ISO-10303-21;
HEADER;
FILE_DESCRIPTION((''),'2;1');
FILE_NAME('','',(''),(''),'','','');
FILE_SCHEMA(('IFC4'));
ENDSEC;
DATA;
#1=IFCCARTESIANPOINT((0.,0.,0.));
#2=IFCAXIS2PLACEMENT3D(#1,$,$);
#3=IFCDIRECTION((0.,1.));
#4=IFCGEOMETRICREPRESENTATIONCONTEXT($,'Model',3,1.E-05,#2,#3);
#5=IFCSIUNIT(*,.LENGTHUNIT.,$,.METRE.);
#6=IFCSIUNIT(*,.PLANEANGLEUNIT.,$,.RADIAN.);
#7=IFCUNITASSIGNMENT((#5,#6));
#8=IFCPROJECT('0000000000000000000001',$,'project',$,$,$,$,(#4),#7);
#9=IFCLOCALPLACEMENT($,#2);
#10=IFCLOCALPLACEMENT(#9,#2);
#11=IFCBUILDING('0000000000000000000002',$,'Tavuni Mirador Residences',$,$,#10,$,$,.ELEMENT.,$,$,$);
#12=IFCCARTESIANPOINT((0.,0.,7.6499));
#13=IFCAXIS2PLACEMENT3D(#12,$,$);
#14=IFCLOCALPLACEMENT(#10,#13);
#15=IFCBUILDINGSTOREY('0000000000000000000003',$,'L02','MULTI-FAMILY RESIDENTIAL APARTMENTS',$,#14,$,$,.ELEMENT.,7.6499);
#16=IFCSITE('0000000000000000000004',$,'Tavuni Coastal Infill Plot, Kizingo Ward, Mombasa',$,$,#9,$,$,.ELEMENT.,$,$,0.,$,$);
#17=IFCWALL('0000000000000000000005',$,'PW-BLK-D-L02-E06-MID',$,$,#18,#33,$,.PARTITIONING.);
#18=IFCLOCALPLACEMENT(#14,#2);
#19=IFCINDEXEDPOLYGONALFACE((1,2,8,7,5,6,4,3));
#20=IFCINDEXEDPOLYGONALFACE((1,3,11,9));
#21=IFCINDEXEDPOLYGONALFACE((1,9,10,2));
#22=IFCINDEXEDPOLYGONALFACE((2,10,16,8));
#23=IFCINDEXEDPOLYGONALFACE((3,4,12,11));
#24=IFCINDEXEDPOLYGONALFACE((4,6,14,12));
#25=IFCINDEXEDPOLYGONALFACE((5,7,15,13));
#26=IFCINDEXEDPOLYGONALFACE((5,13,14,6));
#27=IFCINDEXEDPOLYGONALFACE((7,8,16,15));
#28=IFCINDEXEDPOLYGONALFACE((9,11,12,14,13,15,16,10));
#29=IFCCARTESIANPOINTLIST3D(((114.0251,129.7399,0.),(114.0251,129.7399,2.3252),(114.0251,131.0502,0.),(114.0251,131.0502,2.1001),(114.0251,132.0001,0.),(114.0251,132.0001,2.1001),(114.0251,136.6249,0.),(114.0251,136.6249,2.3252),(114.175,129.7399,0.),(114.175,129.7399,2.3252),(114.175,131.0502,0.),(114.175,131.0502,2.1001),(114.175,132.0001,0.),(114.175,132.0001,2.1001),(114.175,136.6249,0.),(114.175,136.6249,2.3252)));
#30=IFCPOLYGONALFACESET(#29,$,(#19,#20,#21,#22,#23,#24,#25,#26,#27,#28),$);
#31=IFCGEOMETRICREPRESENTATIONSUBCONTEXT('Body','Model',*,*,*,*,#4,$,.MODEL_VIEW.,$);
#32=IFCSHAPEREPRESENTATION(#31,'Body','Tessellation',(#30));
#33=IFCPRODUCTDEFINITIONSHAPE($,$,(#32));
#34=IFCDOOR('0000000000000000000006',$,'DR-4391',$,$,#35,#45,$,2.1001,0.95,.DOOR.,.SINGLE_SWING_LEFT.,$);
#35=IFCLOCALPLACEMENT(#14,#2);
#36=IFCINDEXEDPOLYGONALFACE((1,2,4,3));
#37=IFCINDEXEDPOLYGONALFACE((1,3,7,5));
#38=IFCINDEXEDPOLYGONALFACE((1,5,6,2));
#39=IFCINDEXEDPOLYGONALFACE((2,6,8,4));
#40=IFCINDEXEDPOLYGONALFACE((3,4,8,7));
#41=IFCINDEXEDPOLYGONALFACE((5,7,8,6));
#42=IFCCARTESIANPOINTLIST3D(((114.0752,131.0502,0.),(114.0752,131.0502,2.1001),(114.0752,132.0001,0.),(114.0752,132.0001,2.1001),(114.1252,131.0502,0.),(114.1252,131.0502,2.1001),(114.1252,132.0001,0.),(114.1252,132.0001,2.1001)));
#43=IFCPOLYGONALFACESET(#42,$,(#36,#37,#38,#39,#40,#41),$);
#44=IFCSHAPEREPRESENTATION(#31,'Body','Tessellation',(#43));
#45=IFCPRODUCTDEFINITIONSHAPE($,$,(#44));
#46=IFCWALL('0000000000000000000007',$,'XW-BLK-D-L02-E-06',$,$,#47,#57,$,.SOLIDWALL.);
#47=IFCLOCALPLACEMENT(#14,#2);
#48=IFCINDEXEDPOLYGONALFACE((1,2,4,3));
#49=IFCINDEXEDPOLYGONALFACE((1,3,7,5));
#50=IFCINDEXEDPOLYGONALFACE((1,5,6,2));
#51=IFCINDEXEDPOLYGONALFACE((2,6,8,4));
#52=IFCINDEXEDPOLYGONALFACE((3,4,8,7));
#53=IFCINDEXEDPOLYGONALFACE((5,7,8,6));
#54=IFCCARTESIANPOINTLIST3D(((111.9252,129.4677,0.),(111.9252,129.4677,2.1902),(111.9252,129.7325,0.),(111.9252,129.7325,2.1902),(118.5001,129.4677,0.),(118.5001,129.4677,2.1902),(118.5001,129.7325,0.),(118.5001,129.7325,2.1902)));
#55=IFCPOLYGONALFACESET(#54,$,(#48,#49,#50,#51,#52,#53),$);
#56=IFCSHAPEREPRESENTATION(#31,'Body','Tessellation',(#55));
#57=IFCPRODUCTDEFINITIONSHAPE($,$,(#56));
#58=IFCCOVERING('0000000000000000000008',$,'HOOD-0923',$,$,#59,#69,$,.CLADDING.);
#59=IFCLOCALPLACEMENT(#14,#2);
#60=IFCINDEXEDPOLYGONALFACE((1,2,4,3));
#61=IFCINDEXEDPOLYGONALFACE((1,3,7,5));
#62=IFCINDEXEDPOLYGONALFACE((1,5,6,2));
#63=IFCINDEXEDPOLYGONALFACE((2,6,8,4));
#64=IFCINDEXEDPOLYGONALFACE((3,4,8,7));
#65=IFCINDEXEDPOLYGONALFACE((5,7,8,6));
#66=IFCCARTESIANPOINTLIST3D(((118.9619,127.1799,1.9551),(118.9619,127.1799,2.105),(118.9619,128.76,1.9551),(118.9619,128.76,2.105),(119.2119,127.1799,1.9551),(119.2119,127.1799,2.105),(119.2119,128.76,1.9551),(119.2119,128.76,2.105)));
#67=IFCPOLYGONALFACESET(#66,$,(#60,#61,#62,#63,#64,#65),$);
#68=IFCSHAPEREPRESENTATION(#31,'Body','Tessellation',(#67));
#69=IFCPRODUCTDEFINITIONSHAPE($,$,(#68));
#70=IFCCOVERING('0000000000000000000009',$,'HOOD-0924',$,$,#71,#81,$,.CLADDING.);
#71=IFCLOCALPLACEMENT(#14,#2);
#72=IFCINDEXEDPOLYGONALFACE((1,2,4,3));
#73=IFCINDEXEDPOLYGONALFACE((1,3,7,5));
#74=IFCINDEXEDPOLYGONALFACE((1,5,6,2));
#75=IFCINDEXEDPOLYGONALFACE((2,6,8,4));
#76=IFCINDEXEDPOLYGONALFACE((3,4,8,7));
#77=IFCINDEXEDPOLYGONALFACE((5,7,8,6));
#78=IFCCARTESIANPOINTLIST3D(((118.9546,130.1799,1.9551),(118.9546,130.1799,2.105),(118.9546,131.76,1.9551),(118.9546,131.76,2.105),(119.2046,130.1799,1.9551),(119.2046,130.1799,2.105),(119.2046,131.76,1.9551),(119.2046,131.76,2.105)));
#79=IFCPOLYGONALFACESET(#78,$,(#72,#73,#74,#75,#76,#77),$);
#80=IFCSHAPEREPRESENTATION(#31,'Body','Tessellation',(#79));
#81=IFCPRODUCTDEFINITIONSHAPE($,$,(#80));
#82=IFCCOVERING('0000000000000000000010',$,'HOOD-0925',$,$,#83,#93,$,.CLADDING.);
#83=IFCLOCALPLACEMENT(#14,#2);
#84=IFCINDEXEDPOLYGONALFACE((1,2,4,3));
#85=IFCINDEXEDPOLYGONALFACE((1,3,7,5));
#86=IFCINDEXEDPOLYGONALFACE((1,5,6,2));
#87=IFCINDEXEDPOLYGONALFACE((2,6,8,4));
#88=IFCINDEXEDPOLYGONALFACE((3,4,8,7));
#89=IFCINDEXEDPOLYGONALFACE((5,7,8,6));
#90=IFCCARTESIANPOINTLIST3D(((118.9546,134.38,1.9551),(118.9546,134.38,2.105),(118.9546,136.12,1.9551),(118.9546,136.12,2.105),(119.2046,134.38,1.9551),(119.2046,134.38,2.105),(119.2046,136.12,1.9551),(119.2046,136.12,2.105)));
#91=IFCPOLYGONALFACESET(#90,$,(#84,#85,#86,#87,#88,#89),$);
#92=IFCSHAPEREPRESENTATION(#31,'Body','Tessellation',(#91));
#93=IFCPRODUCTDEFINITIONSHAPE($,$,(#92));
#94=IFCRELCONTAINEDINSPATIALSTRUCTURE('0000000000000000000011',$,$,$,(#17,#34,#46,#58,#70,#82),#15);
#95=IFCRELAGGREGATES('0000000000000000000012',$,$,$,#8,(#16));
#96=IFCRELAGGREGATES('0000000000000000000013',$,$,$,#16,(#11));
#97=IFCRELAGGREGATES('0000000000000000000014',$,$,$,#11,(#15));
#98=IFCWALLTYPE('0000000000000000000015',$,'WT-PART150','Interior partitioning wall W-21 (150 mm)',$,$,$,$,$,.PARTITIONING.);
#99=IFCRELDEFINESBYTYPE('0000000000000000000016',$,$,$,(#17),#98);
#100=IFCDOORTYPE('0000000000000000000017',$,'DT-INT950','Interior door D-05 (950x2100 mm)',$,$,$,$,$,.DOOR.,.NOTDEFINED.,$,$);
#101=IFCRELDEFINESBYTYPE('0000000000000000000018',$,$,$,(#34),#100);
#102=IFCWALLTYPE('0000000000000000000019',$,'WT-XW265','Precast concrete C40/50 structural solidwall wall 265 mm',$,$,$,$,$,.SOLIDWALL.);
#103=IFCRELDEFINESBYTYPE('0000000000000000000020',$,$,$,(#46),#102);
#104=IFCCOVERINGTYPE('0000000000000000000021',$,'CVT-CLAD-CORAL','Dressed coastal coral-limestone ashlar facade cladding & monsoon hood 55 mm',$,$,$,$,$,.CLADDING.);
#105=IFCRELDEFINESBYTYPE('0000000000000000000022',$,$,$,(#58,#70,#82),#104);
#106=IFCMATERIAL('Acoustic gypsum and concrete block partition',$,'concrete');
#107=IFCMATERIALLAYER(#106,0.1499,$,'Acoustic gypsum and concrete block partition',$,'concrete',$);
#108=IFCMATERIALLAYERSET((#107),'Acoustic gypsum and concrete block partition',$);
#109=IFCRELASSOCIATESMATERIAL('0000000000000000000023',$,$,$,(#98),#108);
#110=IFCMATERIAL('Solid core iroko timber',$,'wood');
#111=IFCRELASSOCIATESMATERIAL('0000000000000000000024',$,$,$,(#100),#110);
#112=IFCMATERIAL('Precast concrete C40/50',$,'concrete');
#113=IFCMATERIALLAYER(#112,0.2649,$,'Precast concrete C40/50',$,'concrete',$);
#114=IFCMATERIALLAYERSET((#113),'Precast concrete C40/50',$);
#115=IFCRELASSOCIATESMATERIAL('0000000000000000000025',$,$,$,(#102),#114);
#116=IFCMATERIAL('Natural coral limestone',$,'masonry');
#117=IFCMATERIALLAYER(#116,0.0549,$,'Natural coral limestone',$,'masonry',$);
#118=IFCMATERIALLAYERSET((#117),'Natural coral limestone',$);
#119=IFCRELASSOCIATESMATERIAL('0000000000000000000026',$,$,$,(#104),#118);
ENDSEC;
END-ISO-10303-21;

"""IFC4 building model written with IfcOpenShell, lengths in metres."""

from ifc_helpers import new_model, si_unit, direction, frame, frame_2d, origin, origin_2d, place, context, subcontext, project, spatial, rectangle, extrude, material, layer, layer_set, type_object, element, fill, save


model = new_model("IFC4")

# Units and contexts
model_context = context("Model", 3, precision=1e-05, world=origin(), true_north=direction((0.0, 1.0)))
body_context = subcontext(model_context, "Body", "Model", "MODEL_VIEW")
ifc_project = project(units=[si_unit("LENGTHUNIT", "METRE"), si_unit("PLANEANGLEUNIT", "RADIAN")], contexts=[model_context])

# Site, building, storey
site_placement = place(None, origin())
site = spatial("IfcSite", under=ifc_project, at=site_placement, Name="Tavuni Coastal Infill Plot, Kizingo Ward, Mombasa", CompositionType="ELEMENT", RefElevation=0.0)
building_placement = place(site_placement, origin())
building = spatial("IfcBuilding", under=site, at=building_placement, Name="Tavuni Mirador Residences", CompositionType="ELEMENT")
storey_placement = place(building_placement, frame((0.0, 0.0, 7.6499)))
storey = spatial("IfcBuildingStorey", under=building, at=storey_placement, Name="L02", Description="MULTI-FAMILY RESIDENTIAL APARTMENTS", CompositionType="ELEMENT", Elevation=7.6499)

# Shared definitions
ifc_material_1 = material(Name="Precast concrete C40/50", Category="concrete")

# Shared definitions
ifc_material_2 = material(Name="Solid core iroko timber", Category="wood")

# Wall, opening, door
ifc_material_3 = material(Name="Acoustic gypsum and concrete block partition", Category="concrete")
ifc_layer_1 = layer(ifc_material_3, 0.1499, Name="Acoustic gypsum and concrete block partition", Category="concrete")
ifc_layer_set_1 = layer_set([ifc_layer_1], Name="Acoustic gypsum and concrete block partition")
wall_type_1 = type_object("IfcWallType", Name="WT-PART150", Description="Interior partitioning wall W-21 (150 mm)", PredefinedType="PARTITIONING", material=ifc_layer_set_1)
wall_1_placement = place(storey_placement, frame((114.1001, 129.74, 0.0), z_axis=(0.0, 0.0, 1.0), x_axis=(0.0, 1.0, 0.0)))
wall_1 = element("IfcWall", 1, at=wall_1_placement, inside=storey, type_object=wall_type_1, Name="PW-BLK-D-L02-E06-MID", PredefinedType="PARTITIONING", context=body_context, shape_type="SweptSolid", body=[
    extrude(rectangle(XDim=6.885, YDim=0.1499, at=frame_2d((3.4424, 0.0))), origin(), (0.0, 0.0, 1.0), 2.3252),
])
opening_1_placement = place(wall_1_placement, frame((1.3101, 0.0, 0.0)))
opening_1 = element("IfcOpeningElement", 2, at=opening_1_placement, cuts=wall_1, PredefinedType="OPENING", context=body_context, shape_type="SweptSolid", body=[
    extrude(rectangle(XDim=0.95, YDim=2.1001, at=frame_2d((0.4751, 1.05))), frame((0.0, 0.085, 0.0), z_axis=(0.0, -1.0, 0.0), x_axis=(1.0, 0.0, 0.0)), (0.0, 0.0, 1.0), 0.1699),
])
door_type_1 = type_object("IfcDoorType", Name="DT-INT950", Description="Interior door D-05 (950x2100 mm)", OperationType="NOTDEFINED", PredefinedType="DOOR", material=ifc_material_2)
door_1_placement = place(opening_1_placement, origin())
door_1 = element("IfcDoor", 3, at=door_1_placement, inside=storey, type_object=door_type_1, Name="DR-4391", OperationType="SINGLE_SWING_LEFT", OverallHeight=2.1001, OverallWidth=0.95, PredefinedType="DOOR", context=body_context, shape_type="SweptSolid", body=[
    extrude(rectangle(XDim=0.95, YDim=2.1001, at=frame_2d((0.4751, 1.05))), frame((0.0, 0.0249, 0.0), z_axis=(0.0, -1.0, 0.0), x_axis=(1.0, 0.0, 0.0)), (0.0, 0.0, 1.0), 0.05),
])
fill(opening_1, door_1)

# Wall
ifc_layer_2 = layer(ifc_material_1, 0.2649, Name="Precast concrete C40/50", Category="concrete")
ifc_layer_set_2 = layer_set([ifc_layer_2], Name="Precast concrete C40/50")
wall_type_2 = type_object("IfcWallType", Name="WT-XW265", Description="Precast concrete C40/50 structural solidwall wall 265 mm", PredefinedType="SOLIDWALL", material=ifc_layer_set_2)
wall_2_placement = place(storey_placement, frame((111.925, 129.6001, 0.0), z_axis=(0.0, 0.0, 1.0), x_axis=(1.0, 0.0, 0.0)))
element("IfcWall", 4, at=wall_2_placement, inside=storey, type_object=wall_type_2, Name="XW-BLK-D-L02-E-06", PredefinedType="SOLIDWALL", context=body_context, shape_type="SweptSolid", body=[
    extrude(rectangle(XDim=6.575, YDim=0.2649, at=frame_2d((3.2876, 0.0))), origin(), (0.0, 0.0, 1.0), 2.1902),
])

# Coverings
ifc_material_4 = material(Name="Natural coral limestone", Category="masonry")
ifc_layer_3 = layer(ifc_material_4, 0.0549, Name="Natural coral limestone", Category="masonry")
ifc_layer_set_3 = layer_set([ifc_layer_3], Name="Natural coral limestone")
covering_type = type_object("IfcCoveringType", Name="CVT-CLAD-CORAL", Description="Dressed coastal coral-limestone ashlar facade cladding & monsoon hood 55 mm", PredefinedType="CLADDING", material=ifc_layer_set_3)
for number, where, z_axis, x_axis, name in (
    (5, (119.0869, 127.97, 1.9551), (0.0, 0.0, 1.0), (0.0, 1.0, 0.0), "HOOD-0923"),
    (6, (119.0796, 130.97, 1.9551), (0.0, 0.0, 1.0), (0.0, 1.0, 0.0), "HOOD-0924"),
):
    element("IfcCovering", number, at=place(storey_placement, frame(where, z_axis=z_axis, x_axis=x_axis)), inside=storey, type_object=covering_type, Name=name, PredefinedType="CLADDING", context=body_context, shape_type="SweptSolid", body=[
        extrude(rectangle(XDim=1.5801, YDim=0.25, at=origin_2d()), origin(), (0.0, 0.0, 1.0), 0.1499),
    ])
covering_placement = place(storey_placement, frame((119.0796, 135.25, 1.9551), z_axis=(0.0, 0.0, 1.0), x_axis=(0.0, 1.0, 0.0)))
element("IfcCovering", 7, at=covering_placement, inside=storey, type_object=covering_type, Name="HOOD-0925", PredefinedType="CLADDING", context=body_context, shape_type="SweptSolid", body=[
    extrude(rectangle(XDim=1.74, YDim=0.25, at=origin_2d()), origin(), (0.0, 0.0, 1.0), 0.1499),
])

save(model, "model.ifc")
